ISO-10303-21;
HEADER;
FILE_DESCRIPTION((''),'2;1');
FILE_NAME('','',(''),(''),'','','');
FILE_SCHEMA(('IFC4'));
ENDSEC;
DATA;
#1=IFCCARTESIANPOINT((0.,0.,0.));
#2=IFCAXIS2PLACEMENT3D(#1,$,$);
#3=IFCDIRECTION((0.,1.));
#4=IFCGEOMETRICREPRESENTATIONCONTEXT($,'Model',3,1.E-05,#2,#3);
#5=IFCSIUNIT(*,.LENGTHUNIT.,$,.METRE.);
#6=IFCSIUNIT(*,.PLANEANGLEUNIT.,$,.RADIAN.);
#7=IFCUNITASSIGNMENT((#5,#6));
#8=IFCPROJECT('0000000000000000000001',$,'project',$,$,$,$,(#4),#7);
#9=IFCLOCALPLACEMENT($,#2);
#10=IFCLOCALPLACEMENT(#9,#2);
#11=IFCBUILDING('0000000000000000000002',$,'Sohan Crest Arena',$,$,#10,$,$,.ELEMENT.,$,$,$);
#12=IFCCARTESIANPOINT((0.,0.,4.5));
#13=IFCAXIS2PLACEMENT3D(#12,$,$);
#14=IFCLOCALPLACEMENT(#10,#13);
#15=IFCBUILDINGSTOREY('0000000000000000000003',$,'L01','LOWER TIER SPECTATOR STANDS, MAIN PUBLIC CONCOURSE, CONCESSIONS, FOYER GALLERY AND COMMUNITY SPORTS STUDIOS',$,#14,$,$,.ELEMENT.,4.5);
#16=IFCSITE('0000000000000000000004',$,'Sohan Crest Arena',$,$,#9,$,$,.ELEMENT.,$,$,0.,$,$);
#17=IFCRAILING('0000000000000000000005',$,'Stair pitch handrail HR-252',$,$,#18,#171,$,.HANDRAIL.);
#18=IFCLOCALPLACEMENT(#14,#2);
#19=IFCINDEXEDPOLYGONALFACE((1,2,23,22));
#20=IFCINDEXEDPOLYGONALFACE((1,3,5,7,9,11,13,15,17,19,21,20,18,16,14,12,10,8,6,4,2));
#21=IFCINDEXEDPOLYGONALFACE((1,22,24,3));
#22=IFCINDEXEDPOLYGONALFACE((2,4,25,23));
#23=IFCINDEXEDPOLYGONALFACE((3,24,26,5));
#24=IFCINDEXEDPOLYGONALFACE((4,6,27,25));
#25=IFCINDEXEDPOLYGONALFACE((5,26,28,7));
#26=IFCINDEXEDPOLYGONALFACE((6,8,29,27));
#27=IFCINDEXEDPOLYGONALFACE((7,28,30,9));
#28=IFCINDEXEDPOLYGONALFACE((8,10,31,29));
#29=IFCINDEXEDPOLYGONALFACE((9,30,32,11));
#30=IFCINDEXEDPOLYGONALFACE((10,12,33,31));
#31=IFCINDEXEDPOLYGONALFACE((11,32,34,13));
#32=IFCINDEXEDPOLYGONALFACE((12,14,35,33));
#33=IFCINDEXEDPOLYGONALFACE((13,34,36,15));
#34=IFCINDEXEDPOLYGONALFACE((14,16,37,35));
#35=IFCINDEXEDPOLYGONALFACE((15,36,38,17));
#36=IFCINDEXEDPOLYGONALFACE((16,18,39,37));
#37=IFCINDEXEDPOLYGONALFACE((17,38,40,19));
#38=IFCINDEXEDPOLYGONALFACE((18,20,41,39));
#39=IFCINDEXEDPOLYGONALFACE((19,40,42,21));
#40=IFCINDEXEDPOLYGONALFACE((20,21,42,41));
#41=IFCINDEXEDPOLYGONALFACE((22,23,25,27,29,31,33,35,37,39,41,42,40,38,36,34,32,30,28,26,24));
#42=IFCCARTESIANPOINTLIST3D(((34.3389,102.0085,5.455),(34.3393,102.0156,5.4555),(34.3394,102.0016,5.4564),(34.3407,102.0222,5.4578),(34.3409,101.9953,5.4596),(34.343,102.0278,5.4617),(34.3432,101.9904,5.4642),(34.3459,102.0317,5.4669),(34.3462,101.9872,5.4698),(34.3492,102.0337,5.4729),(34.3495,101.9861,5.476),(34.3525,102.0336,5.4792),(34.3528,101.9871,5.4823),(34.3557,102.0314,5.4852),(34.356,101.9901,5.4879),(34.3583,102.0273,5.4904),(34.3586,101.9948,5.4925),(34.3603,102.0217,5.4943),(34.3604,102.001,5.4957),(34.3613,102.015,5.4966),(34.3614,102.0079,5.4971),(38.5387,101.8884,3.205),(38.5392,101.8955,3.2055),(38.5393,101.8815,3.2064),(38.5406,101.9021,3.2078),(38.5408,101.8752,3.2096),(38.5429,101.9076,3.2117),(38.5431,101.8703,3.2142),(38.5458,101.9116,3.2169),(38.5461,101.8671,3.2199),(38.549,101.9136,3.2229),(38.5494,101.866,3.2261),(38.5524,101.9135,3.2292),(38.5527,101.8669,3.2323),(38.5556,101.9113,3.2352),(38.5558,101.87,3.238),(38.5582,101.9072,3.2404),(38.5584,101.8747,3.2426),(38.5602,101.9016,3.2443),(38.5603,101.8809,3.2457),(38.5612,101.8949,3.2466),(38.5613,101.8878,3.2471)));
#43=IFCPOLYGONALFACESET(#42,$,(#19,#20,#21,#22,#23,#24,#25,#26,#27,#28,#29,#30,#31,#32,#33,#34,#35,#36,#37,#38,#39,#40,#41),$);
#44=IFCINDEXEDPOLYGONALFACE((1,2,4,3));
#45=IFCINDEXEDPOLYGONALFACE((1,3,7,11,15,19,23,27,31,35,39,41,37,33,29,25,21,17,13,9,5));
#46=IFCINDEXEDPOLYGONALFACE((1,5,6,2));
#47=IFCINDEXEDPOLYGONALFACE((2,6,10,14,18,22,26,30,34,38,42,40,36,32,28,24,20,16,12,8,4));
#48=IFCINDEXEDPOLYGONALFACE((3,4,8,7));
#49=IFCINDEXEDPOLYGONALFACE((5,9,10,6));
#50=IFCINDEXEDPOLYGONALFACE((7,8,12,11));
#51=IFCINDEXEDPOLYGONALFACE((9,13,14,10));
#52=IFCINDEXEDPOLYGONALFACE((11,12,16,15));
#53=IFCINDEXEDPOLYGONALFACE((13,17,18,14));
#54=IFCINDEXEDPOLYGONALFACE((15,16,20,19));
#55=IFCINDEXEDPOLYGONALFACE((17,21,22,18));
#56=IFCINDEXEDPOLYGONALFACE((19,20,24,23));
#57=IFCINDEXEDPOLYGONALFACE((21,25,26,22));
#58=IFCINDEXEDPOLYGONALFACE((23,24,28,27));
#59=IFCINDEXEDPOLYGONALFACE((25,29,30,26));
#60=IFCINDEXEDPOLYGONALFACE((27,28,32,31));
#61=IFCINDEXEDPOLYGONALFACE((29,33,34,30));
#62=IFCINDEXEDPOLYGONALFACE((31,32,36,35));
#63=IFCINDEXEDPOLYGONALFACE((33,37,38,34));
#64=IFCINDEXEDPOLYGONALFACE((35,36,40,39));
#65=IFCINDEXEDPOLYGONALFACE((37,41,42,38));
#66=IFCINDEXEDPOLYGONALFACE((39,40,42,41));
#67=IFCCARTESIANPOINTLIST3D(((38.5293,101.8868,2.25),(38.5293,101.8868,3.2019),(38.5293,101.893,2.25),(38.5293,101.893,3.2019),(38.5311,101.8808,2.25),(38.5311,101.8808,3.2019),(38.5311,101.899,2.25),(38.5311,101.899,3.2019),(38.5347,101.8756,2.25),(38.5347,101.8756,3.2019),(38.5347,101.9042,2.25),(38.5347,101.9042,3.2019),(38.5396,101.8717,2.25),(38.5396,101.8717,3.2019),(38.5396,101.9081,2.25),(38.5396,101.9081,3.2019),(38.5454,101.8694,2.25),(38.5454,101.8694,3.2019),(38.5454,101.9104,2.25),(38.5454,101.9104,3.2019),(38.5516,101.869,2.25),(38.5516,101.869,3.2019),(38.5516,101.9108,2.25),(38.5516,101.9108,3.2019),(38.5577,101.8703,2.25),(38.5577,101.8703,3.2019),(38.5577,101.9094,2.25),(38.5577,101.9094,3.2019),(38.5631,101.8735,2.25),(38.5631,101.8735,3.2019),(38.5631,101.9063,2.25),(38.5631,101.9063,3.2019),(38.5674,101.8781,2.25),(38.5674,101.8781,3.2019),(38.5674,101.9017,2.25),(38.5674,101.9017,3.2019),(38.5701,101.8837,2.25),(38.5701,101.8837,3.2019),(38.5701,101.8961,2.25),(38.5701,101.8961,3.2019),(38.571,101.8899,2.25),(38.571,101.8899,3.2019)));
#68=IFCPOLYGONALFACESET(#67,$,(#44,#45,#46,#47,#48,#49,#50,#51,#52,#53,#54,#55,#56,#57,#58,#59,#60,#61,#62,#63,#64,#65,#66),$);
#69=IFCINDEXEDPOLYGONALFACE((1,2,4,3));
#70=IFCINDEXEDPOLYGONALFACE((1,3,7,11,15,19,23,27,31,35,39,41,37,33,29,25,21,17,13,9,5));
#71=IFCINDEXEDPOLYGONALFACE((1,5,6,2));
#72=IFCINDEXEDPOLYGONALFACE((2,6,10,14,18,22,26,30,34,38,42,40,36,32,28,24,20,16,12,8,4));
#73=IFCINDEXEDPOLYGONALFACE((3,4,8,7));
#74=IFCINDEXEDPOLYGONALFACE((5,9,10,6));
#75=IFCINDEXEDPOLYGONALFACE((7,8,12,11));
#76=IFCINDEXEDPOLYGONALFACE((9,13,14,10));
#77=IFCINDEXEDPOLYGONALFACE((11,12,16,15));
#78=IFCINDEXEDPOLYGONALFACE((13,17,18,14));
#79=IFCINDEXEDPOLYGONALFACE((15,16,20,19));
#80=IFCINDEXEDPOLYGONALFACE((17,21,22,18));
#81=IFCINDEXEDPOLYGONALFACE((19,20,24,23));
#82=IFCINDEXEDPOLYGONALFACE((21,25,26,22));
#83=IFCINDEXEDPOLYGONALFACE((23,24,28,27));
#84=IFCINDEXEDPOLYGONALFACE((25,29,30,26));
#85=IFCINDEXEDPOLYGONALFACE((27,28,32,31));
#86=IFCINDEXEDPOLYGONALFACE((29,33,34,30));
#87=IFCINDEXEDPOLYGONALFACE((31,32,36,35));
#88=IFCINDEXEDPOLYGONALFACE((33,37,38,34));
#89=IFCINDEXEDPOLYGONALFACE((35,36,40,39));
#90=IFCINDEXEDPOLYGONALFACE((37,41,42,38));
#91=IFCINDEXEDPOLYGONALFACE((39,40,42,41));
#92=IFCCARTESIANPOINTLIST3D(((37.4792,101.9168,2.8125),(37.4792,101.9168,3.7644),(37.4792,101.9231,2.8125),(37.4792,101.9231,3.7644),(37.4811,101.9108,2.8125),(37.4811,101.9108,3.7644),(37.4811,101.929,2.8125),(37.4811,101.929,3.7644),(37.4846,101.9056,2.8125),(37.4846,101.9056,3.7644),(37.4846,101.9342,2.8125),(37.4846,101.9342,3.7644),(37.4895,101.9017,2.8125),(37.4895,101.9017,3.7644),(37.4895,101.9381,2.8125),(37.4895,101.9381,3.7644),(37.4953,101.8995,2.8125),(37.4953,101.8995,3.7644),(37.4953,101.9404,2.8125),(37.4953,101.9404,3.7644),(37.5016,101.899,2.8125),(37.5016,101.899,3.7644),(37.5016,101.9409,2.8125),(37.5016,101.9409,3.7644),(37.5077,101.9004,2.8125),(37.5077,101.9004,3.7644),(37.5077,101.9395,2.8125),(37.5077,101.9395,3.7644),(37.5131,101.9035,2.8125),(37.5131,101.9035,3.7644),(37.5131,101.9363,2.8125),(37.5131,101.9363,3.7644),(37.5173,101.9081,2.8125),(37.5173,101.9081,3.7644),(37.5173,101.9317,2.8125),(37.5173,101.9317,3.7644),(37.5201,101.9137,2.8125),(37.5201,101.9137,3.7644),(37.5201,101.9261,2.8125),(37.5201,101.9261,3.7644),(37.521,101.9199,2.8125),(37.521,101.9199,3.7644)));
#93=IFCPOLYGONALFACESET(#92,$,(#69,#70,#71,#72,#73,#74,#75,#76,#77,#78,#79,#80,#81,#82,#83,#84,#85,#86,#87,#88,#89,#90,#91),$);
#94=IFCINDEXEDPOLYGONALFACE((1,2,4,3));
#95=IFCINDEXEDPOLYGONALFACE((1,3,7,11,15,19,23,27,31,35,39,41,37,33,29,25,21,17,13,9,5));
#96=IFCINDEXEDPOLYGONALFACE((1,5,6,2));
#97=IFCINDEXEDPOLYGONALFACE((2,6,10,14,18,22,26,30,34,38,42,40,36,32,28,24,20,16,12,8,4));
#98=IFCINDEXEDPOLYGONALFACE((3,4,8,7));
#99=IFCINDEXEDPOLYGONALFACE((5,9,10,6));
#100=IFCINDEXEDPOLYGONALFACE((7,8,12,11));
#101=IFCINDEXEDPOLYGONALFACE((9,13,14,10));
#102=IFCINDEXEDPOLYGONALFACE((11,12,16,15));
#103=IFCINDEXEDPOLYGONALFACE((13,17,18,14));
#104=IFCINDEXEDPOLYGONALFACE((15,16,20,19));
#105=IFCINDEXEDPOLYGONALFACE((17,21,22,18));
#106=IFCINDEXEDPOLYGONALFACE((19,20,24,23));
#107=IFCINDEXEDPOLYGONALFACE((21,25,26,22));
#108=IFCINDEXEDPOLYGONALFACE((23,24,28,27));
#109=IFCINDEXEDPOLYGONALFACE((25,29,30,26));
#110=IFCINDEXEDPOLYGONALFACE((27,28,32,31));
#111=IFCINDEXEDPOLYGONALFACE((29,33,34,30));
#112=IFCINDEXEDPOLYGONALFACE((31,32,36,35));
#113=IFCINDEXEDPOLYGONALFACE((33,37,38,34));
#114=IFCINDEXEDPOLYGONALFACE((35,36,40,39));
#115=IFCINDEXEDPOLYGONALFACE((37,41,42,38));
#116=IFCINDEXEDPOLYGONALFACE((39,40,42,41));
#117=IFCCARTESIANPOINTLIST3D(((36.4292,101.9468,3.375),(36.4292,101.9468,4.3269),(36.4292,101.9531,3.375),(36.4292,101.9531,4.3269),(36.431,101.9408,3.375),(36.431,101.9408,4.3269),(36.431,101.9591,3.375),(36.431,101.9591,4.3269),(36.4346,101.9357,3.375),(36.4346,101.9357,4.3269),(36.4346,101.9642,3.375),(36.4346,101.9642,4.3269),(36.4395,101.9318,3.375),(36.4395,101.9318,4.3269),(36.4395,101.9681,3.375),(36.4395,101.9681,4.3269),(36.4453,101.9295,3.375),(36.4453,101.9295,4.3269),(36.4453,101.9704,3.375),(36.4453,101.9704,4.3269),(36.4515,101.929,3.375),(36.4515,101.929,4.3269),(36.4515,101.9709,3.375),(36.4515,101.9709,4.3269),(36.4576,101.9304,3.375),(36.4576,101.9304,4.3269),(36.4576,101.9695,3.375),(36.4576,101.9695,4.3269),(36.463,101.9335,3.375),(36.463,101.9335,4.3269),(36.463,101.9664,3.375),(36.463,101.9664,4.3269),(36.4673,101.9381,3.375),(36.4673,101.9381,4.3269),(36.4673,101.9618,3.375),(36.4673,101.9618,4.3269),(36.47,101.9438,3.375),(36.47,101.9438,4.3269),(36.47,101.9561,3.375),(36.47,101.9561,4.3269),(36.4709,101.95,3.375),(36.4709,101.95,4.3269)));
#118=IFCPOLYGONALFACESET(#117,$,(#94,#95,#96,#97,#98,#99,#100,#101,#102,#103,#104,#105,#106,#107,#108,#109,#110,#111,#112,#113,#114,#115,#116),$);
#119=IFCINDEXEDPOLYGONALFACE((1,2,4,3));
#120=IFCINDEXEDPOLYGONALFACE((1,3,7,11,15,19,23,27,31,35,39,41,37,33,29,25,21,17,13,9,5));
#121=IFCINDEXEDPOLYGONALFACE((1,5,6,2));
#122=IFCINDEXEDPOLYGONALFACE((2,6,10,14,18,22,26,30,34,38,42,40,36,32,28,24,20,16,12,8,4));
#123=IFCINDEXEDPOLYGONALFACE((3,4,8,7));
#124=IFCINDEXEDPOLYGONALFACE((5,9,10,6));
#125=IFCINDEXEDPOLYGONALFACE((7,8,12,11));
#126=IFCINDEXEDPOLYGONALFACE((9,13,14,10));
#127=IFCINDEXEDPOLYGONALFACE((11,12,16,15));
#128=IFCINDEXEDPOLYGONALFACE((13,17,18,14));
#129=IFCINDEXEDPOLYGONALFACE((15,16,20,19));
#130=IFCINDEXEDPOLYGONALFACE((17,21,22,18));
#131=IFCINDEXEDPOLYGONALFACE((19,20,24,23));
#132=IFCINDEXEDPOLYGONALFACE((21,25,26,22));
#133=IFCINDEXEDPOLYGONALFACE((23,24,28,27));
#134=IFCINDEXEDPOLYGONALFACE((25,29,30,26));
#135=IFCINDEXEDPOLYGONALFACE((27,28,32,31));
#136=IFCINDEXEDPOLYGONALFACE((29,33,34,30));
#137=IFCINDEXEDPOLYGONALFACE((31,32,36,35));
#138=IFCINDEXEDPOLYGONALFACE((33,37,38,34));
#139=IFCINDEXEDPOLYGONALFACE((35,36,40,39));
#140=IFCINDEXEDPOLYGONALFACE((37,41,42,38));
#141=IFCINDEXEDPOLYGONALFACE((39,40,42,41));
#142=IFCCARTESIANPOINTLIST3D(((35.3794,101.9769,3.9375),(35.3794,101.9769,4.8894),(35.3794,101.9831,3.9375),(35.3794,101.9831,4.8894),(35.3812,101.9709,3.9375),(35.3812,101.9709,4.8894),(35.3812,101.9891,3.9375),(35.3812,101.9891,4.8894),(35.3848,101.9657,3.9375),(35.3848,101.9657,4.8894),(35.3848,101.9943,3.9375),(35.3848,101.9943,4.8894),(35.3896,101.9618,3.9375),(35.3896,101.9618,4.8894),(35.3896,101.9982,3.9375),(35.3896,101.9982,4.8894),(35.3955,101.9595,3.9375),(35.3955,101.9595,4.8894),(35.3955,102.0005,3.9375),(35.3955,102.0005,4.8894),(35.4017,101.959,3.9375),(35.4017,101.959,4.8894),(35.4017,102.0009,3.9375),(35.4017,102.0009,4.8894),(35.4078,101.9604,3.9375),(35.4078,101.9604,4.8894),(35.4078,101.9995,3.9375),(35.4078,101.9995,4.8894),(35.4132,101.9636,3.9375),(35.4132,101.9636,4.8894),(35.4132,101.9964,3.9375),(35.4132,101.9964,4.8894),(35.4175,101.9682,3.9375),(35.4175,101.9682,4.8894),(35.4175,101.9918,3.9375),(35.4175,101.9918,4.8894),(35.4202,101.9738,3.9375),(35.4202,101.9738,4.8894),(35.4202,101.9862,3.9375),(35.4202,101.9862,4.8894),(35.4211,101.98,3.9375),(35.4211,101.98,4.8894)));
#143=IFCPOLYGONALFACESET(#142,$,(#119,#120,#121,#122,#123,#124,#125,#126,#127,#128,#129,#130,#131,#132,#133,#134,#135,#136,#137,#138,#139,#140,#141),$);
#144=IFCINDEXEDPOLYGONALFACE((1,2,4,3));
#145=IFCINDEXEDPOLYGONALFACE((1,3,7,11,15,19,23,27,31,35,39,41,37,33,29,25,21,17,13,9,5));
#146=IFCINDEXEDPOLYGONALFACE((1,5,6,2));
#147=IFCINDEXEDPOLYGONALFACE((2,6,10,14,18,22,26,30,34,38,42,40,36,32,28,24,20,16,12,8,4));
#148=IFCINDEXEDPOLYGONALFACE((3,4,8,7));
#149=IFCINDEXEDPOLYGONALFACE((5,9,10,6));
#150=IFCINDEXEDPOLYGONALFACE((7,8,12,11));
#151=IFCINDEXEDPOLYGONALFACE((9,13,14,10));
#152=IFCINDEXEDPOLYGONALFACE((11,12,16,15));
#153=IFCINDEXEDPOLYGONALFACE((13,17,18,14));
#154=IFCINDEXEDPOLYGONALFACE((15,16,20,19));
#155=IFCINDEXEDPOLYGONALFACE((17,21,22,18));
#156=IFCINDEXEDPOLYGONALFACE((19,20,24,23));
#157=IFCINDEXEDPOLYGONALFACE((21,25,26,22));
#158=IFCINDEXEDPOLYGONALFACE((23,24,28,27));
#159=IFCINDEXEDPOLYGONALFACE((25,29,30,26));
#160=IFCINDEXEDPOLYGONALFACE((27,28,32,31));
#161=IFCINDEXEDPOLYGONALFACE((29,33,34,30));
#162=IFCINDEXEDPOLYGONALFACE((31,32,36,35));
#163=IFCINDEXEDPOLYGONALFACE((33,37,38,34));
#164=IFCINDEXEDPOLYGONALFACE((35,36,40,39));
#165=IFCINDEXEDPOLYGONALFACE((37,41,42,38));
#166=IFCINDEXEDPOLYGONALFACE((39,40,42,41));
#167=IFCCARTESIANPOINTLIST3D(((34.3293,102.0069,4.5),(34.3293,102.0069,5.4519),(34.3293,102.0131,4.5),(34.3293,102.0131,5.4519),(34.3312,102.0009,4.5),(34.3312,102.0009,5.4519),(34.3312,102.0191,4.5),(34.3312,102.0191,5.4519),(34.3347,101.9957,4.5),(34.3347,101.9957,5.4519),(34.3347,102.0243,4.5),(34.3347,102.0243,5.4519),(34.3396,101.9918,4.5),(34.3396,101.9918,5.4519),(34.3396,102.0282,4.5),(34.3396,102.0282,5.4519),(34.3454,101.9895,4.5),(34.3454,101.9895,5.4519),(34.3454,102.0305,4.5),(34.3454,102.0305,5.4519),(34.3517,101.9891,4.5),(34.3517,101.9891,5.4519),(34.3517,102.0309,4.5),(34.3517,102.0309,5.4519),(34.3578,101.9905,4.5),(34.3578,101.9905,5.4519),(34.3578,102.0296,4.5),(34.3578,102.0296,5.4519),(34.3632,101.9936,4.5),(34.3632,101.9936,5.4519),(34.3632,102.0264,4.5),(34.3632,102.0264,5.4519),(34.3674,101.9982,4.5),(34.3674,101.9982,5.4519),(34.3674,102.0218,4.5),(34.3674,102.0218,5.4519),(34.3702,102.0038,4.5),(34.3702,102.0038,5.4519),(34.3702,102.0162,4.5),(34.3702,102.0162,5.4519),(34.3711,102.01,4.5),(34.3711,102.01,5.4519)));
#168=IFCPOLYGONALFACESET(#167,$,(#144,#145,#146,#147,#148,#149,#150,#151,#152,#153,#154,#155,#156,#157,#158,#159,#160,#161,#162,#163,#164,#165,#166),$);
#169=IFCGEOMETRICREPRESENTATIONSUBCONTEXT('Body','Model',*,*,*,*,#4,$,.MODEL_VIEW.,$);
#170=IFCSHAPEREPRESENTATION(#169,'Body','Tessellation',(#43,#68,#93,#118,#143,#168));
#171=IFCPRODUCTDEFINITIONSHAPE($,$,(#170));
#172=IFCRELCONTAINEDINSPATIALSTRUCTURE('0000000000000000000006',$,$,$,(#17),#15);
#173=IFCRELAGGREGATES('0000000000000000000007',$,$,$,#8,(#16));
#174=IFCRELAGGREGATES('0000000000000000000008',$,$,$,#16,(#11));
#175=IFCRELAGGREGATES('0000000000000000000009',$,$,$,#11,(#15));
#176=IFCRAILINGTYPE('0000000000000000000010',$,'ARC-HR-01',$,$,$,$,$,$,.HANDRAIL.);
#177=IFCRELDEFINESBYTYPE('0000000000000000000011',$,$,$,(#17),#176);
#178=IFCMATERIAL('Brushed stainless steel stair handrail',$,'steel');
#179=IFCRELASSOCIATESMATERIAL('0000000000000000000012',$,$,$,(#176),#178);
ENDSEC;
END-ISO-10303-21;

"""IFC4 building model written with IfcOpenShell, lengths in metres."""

from ifc_helpers import new_model, si_unit, direction, frame, origin, origin_2d, place, context, subcontext, project, spatial, circle, extrude, material, type_object, element, save


model = new_model("IFC4")

# Units and contexts
model_context = context("Model", 3, precision=1e-05, world=origin(), true_north=direction((0.0, 1.0)))
body_context = subcontext(model_context, "Body", "Model", "MODEL_VIEW")
ifc_project = project(units=[si_unit("LENGTHUNIT", "METRE"), si_unit("PLANEANGLEUNIT", "RADIAN")], contexts=[model_context])

# Site, building, storey
site_placement = place(None, origin())
site = spatial("IfcSite", under=ifc_project, at=site_placement, Name="Sohan Crest Arena", CompositionType="ELEMENT", RefElevation=0.0)
building_placement = place(site_placement, origin())
building = spatial("IfcBuilding", under=site, at=building_placement, Name="Sohan Crest Arena", CompositionType="ELEMENT")
storey_placement = place(building_placement, frame((0.0, 0.0, 4.5)))
storey = spatial("IfcBuildingStorey", under=building, at=storey_placement, Name="L01", Description="LOWER TIER SPECTATOR STANDS, MAIN PUBLIC CONCOURSE, CONCESSIONS, FOYER GALLERY AND COMMUNITY SPORTS STUDIOS", CompositionType="ELEMENT", Elevation=4.5)

# Railing
ifc_material_1 = material(Name="Brushed stainless steel stair handrail", Category="steel")
railing_type_1 = type_object("IfcRailingType", Name="ARC-HR-01", PredefinedType="HANDRAIL", material=ifc_material_1)
railing_1_placement = place(storey_placement, frame((38.55, 101.8899, 2.25)))
element("IfcRailing", 1, at=railing_1_placement, inside=storey, type_object=railing_type_1, Name="Stair pitch handrail HR-252", PredefinedType="HANDRAIL", context=body_context, shape_type="SweptSolid", body=[
    extrude(circle(Radius=0.0239, at=origin_2d()), frame((0.0, 0.0, 0.9761), z_axis=(-0.881198, 0.025202, 0.472076), x_axis=(-0.028588, -0.999591, 0.0)), (0.0, 0.0, 1.0), 4.7661),
    extrude(circle(Radius=0.021, at=origin_2d()), origin(), (0.0, 0.0, 1.0), 0.9519),
    extrude(circle(Radius=0.021, at=origin_2d()), frame((-1.05, 0.03, 0.5625)), (0.0, 0.0, 1.0), 0.9519),
    extrude(circle(Radius=0.021, at=origin_2d()), frame((-2.1001, 0.0601, 1.125)), (0.0, 0.0, 1.0), 0.9519),
    extrude(circle(Radius=0.021, at=origin_2d()), frame((-3.1499, 0.0901, 1.6875)), (0.0, 0.0, 1.0), 0.9519),
    extrude(circle(Radius=0.021, at=origin_2d()), frame((-4.2, 0.1201, 2.25)), (0.0, 0.0, 1.0), 0.9519),
])

save(model, "model.ifc")
